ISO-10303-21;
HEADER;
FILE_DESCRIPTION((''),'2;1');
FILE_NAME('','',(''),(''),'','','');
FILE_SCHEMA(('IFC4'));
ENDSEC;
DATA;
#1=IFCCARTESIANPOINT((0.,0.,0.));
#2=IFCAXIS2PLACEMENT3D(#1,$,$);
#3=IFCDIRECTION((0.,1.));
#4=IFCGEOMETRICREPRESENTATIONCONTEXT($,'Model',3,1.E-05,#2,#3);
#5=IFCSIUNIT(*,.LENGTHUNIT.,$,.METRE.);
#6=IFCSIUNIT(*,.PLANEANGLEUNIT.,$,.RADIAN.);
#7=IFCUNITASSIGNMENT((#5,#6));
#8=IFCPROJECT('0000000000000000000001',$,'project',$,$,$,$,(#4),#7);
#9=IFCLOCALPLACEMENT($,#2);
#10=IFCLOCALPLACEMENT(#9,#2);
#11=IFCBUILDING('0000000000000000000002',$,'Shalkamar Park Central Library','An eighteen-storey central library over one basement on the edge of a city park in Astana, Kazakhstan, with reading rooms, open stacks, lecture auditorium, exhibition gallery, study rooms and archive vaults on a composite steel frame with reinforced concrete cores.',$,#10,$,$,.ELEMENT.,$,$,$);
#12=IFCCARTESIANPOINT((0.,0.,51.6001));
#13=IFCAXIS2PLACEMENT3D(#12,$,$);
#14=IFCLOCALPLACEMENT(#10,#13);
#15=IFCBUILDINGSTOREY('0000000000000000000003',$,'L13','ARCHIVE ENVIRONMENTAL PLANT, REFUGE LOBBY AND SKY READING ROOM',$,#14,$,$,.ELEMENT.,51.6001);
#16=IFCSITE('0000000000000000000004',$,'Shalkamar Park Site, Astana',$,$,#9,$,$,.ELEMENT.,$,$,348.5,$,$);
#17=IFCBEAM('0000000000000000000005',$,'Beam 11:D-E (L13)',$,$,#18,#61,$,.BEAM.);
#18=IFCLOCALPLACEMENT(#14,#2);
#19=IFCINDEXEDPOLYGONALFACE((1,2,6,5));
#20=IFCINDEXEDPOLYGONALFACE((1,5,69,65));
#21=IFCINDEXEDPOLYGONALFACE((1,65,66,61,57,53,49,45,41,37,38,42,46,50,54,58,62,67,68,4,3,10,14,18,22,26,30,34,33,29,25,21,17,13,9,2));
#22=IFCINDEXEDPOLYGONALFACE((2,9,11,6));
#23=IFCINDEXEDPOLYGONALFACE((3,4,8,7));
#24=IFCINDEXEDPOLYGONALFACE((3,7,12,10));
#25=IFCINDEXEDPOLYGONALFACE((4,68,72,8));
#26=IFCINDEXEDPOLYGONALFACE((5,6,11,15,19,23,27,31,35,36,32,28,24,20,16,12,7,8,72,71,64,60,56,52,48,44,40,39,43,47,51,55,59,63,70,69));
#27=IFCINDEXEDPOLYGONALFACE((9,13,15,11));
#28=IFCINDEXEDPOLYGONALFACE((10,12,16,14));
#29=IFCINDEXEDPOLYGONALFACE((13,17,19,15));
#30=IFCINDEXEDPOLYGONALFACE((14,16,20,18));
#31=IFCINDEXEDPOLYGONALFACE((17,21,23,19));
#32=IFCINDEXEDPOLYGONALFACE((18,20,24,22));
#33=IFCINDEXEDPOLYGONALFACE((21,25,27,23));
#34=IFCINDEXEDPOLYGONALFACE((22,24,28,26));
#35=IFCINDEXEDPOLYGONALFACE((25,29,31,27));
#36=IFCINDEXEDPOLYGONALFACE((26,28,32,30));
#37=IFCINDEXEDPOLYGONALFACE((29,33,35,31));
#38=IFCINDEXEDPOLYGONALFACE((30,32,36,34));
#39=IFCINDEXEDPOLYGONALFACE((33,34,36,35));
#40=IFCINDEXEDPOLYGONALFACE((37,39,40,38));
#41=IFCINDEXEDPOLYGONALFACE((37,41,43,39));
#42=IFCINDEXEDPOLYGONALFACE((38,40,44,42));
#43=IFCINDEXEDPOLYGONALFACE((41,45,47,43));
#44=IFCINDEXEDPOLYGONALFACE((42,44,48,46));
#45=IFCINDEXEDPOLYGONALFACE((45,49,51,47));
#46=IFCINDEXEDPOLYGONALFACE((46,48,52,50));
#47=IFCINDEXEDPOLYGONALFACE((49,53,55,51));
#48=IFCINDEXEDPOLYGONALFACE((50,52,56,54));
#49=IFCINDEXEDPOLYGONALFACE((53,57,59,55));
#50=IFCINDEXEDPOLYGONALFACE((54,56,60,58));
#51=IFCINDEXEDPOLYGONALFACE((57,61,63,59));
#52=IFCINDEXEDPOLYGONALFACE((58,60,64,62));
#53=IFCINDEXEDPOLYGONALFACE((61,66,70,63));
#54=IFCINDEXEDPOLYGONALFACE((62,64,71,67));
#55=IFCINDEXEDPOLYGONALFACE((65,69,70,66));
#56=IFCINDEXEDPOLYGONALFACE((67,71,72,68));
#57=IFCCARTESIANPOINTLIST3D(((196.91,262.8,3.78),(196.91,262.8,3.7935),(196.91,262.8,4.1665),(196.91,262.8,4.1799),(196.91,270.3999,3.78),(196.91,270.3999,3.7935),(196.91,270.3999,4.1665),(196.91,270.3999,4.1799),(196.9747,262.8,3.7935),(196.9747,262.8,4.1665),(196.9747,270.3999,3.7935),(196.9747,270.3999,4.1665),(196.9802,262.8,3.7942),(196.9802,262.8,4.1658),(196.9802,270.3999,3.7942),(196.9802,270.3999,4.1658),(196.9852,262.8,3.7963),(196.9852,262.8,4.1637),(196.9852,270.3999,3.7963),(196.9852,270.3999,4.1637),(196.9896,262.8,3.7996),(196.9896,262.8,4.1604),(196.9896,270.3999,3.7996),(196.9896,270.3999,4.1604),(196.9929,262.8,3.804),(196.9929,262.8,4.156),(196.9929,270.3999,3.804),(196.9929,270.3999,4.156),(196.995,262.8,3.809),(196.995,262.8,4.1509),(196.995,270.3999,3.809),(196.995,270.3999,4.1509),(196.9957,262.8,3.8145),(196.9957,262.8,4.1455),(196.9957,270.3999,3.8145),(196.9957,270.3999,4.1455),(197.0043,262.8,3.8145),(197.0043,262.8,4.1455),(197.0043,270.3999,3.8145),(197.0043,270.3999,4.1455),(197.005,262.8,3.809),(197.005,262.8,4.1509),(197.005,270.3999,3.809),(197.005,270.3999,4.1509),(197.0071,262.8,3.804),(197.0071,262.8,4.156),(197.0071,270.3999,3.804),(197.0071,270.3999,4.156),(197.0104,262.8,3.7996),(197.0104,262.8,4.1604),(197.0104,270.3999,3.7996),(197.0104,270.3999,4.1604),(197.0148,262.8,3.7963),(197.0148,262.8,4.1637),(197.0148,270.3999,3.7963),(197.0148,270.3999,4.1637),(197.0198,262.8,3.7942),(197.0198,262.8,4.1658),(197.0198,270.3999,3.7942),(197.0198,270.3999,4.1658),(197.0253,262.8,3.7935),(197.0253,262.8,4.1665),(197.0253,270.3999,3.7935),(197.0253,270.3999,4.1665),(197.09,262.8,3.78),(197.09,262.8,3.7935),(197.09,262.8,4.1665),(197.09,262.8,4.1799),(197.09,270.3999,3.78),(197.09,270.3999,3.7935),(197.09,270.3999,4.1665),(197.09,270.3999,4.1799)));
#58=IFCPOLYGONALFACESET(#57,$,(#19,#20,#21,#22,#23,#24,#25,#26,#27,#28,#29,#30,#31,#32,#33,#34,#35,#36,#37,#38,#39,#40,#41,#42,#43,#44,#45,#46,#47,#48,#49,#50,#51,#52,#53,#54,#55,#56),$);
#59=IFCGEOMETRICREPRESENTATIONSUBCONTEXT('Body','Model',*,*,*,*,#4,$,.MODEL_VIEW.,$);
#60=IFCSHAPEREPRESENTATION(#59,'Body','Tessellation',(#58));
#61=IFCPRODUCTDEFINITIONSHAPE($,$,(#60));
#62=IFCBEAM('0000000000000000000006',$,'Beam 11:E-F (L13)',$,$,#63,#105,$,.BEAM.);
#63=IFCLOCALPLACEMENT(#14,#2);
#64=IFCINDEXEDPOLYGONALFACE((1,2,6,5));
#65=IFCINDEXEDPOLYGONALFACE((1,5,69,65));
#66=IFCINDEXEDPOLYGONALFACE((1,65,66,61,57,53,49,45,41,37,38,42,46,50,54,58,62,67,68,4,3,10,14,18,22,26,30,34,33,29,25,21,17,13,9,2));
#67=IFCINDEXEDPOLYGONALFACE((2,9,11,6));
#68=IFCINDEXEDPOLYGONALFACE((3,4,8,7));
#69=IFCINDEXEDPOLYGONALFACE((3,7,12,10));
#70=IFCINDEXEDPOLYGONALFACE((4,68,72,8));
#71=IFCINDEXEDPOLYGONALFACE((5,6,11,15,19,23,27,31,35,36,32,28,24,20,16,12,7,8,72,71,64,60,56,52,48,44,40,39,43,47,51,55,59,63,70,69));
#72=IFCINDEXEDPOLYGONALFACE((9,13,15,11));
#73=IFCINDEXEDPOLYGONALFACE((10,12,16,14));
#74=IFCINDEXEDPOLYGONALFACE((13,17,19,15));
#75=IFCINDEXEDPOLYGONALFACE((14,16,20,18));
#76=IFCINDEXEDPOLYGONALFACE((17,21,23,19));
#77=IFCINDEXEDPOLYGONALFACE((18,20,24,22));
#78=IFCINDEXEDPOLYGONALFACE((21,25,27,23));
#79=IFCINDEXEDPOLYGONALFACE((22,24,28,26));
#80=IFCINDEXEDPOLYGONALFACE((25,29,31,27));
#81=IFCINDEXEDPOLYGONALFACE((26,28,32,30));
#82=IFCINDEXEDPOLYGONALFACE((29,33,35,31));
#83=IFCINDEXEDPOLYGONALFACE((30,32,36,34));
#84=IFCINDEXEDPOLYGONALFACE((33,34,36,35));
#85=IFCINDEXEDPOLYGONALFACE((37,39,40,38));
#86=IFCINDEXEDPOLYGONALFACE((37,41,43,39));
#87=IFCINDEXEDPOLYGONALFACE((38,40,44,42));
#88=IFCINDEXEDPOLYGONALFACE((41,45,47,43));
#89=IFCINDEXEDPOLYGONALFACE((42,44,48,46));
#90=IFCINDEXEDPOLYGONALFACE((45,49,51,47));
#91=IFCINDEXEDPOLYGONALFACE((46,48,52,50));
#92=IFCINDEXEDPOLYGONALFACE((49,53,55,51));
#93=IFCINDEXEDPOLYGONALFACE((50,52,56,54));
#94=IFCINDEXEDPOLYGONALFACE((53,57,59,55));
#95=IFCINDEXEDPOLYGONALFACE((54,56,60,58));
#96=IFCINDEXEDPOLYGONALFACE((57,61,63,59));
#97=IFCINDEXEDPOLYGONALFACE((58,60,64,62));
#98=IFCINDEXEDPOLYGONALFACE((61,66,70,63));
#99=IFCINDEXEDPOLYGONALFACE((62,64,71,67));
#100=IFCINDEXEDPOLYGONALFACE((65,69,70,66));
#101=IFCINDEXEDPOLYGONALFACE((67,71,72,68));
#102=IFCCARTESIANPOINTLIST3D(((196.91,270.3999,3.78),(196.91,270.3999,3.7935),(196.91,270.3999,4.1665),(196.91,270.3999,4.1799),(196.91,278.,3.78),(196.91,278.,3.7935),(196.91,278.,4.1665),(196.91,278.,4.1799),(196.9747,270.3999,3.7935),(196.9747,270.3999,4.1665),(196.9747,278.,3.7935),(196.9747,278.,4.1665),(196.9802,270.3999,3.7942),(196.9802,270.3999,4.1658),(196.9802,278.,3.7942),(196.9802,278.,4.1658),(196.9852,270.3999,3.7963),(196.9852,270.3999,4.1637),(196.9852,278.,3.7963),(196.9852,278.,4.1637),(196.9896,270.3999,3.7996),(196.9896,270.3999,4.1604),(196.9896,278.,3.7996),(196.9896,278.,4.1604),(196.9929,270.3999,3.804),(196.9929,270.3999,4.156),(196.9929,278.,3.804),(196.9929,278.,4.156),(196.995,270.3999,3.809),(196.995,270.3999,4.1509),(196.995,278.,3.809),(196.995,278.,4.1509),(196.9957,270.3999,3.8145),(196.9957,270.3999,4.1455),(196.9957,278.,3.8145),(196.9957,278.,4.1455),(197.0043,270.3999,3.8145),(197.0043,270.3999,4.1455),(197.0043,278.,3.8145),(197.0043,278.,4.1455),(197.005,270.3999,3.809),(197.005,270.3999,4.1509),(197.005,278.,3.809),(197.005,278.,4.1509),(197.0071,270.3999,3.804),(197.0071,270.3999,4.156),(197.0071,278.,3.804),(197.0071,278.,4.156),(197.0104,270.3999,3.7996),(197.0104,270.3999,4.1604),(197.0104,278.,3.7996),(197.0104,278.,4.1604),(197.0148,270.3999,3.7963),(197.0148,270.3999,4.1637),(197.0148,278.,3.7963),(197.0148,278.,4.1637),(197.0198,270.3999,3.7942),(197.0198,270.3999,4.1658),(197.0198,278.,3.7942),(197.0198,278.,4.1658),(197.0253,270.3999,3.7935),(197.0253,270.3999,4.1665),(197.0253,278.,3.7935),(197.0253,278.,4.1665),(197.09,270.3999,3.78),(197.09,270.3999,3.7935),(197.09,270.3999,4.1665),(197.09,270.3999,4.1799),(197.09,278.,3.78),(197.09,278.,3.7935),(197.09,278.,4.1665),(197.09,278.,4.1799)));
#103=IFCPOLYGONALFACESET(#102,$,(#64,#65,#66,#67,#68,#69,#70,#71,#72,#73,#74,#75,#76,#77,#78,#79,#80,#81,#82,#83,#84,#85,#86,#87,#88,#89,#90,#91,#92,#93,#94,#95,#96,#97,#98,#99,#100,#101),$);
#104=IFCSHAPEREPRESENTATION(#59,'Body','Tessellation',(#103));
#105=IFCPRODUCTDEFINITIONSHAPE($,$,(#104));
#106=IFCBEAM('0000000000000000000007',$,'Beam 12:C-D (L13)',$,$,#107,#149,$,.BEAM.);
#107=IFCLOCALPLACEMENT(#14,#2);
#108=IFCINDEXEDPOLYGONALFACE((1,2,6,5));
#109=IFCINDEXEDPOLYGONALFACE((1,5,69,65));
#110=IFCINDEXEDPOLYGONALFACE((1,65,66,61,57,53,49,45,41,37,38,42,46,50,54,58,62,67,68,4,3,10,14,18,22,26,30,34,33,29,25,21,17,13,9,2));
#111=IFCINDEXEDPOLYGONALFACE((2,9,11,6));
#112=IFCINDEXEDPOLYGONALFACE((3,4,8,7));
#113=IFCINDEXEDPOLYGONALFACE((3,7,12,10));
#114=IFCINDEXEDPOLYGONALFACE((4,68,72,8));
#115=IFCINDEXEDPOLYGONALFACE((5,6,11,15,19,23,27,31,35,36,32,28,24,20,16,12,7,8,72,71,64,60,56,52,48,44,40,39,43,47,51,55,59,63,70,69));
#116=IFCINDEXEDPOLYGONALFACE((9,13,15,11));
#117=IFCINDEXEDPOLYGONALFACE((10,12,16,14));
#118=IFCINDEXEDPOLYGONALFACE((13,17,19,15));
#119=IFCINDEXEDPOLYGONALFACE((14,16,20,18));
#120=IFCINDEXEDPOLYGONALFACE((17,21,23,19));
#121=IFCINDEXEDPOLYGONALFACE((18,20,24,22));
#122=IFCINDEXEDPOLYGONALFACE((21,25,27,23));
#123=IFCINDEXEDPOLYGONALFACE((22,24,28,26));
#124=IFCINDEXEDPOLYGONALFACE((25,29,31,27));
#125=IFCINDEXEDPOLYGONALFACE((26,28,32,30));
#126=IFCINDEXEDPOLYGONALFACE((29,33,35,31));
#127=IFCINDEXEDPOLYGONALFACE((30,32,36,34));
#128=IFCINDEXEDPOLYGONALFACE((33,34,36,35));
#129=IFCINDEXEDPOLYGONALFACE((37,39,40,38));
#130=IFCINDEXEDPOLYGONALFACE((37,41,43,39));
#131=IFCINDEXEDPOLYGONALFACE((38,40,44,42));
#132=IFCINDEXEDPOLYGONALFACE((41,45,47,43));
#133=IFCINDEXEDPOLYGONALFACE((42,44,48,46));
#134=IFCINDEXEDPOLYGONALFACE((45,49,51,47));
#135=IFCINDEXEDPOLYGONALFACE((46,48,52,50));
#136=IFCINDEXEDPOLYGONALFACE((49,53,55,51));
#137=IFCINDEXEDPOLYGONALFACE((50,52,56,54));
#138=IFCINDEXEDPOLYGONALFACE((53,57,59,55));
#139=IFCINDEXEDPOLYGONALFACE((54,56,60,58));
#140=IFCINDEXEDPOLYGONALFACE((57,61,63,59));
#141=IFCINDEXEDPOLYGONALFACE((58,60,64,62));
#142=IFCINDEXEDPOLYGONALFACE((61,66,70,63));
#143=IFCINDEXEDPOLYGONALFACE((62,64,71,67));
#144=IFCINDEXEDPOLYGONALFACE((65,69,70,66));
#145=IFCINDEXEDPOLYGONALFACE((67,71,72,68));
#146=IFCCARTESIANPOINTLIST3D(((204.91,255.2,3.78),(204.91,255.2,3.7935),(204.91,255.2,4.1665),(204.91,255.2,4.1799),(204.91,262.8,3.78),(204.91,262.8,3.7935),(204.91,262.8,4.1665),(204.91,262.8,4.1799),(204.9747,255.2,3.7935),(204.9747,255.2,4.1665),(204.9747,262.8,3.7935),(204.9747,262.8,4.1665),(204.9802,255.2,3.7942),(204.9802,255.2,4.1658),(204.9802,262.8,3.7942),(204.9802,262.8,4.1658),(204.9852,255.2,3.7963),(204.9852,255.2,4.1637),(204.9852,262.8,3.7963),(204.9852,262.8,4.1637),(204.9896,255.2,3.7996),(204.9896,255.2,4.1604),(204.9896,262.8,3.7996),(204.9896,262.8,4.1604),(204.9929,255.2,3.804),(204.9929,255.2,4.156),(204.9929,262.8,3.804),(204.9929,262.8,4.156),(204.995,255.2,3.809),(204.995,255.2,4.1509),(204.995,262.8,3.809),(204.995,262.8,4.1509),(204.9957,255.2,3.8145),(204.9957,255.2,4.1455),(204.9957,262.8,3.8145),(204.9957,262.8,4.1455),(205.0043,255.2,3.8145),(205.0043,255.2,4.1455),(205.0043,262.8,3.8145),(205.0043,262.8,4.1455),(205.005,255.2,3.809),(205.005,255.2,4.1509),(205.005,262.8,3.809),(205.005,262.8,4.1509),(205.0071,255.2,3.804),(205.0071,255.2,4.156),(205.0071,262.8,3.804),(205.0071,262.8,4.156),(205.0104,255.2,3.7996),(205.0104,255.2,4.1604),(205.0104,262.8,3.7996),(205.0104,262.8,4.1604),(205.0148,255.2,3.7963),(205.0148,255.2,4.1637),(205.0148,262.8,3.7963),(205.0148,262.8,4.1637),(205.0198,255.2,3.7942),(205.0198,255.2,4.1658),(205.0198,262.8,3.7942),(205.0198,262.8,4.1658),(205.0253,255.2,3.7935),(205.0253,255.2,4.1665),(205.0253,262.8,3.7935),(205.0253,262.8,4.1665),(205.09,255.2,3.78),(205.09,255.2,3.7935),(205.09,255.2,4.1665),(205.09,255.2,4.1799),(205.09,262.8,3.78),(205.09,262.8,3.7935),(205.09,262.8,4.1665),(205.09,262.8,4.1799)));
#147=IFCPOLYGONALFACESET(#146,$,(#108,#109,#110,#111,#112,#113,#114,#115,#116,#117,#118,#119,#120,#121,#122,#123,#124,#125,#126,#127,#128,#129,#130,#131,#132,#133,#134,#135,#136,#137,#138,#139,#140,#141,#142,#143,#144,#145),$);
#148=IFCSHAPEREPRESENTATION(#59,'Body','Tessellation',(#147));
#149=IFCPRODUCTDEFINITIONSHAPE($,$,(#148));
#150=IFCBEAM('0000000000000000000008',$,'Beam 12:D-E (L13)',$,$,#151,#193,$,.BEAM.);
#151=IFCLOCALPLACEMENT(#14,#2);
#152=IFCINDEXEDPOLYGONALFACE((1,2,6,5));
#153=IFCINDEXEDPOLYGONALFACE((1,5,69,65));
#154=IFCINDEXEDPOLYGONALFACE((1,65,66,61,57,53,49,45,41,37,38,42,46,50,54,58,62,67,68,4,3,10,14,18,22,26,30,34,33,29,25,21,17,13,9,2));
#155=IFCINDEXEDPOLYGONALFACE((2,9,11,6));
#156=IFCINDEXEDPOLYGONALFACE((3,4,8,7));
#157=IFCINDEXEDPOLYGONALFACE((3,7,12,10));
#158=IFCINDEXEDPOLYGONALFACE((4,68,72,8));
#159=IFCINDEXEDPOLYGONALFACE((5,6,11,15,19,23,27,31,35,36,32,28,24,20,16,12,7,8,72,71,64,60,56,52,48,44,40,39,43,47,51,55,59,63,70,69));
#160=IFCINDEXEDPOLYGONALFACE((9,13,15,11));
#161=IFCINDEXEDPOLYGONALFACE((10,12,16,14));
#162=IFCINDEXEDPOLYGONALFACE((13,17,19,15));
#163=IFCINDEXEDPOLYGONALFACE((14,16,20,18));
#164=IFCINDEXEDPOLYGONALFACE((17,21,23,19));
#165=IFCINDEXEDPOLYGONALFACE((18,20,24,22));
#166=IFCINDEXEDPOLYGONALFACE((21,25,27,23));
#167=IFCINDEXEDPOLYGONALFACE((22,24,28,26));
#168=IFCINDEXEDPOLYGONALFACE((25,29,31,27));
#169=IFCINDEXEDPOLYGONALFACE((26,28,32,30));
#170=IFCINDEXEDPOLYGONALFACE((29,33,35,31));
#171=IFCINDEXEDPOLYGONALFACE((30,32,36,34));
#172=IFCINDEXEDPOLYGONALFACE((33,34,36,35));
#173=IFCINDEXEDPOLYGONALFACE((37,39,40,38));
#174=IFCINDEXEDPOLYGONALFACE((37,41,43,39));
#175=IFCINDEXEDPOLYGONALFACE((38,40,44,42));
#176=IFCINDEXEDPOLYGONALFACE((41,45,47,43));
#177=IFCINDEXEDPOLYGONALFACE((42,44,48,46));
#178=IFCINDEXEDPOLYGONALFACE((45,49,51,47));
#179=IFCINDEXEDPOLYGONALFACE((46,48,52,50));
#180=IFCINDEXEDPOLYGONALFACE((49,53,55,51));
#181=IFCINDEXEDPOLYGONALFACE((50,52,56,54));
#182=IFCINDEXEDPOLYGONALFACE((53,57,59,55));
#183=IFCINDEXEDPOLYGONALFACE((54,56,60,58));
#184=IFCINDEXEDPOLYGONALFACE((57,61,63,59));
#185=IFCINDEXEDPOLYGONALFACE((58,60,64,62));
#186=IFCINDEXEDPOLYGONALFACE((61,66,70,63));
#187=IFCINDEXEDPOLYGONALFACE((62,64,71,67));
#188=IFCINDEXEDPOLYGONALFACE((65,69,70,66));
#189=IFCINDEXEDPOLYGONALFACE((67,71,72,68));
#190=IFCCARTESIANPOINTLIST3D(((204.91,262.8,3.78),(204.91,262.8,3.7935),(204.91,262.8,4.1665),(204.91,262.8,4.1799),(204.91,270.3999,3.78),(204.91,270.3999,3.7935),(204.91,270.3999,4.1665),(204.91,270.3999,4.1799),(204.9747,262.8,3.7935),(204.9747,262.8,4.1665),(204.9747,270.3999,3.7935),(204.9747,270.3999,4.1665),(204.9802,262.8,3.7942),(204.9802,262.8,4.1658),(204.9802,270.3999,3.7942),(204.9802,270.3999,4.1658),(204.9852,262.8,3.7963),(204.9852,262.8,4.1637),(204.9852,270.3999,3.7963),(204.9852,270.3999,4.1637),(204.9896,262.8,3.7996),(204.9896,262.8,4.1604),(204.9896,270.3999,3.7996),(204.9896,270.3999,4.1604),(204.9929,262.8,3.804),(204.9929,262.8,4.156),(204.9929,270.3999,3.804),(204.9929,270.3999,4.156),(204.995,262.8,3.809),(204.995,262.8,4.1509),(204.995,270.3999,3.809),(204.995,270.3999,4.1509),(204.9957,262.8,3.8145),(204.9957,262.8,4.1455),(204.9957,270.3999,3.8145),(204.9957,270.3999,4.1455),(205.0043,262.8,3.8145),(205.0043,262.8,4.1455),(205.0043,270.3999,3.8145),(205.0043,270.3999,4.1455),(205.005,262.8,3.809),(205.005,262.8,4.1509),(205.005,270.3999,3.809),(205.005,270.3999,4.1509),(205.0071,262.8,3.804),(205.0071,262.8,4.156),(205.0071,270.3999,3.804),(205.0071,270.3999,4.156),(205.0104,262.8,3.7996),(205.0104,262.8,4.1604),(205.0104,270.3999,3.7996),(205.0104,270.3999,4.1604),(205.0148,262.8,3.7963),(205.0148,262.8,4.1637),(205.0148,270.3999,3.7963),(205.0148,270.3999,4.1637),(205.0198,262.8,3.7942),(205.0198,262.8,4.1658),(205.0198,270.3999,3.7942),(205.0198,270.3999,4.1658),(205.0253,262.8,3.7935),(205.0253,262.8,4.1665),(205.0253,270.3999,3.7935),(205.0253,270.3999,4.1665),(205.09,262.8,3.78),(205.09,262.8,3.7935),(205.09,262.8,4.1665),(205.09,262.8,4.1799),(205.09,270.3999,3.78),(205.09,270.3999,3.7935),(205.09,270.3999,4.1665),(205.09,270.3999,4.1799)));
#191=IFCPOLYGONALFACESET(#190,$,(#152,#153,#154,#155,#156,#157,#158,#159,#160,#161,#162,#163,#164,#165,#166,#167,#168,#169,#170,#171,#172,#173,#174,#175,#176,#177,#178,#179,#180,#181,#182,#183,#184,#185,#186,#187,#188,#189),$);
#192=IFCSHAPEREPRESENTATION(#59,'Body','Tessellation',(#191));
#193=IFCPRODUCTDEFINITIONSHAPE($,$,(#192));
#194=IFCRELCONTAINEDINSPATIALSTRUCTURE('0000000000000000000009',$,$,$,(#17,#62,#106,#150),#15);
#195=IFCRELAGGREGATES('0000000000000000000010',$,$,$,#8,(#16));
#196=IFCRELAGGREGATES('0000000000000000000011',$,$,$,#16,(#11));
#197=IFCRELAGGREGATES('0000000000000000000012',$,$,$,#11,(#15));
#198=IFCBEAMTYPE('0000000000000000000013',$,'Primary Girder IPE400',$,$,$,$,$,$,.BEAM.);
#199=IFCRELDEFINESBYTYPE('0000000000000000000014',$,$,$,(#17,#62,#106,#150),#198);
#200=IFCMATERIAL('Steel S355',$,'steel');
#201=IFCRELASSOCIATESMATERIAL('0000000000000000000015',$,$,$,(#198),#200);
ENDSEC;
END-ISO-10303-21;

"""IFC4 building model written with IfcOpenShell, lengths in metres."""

from ifc_helpers import new_model, si_unit, direction, frame, origin, origin_2d, place, context, subcontext, project, spatial, i_section, extrude, material, material_profile, profile_set, type_object, element, save


model = new_model("IFC4")

# Units and contexts
model_context = context("Model", 3, precision=1e-05, world=origin(), true_north=direction((0.0, 1.0)))
body_context = subcontext(model_context, "Body", "Model", "MODEL_VIEW")
ifc_project = project(units=[si_unit("LENGTHUNIT", "METRE"), si_unit("PLANEANGLEUNIT", "RADIAN")], contexts=[model_context])

# Site, building, storey
site_placement = place(None, origin())
site = spatial("IfcSite", under=ifc_project, at=site_placement, Name="Shalkamar Park Site, Astana", CompositionType="ELEMENT", RefElevation=348.5)
building_placement = place(site_placement, origin())
building = spatial("IfcBuilding", under=site, at=building_placement, Name="Shalkamar Park Central Library", Description="An eighteen-storey central library over one basement on the edge of a city park in Astana, Kazakhstan, with reading rooms, open stacks, lecture auditorium, exhibition gallery, study rooms and archive vaults on a composite steel frame with reinforced concrete cores.", CompositionType="ELEMENT")
storey_placement = place(building_placement, frame((0.0, 0.0, 51.6001)))
storey = spatial("IfcBuildingStorey", under=building, at=storey_placement, Name="L13", Description="ARCHIVE ENVIRONMENTAL PLANT, REFUGE LOBBY AND SKY READING ROOM", CompositionType="ELEMENT", Elevation=51.6001)

# Shared definitions
ifc_material_1 = material(Name="Steel S355", Category="steel")

# Beams
ifc_material_profile_1 = material_profile(ifc_material_1, i_section(OverallWidth=0.1799, OverallDepth=0.3999, WebThickness=0.0085, FlangeThickness=0.0134, FilletRadius=0.021, at=origin_2d()), Name="IPE 400")
ifc_profile_set_1 = profile_set([ifc_material_profile_1], Name="Steel S355")
beam_type_1 = type_object("IfcBeamType", Name="Primary Girder IPE400", PredefinedType="BEAM", material=ifc_profile_set_1)
beam_1_placement = place(storey_placement, frame((197.0, 262.8, 3.98), z_axis=(0.0, 1.0, 0.0), x_axis=(-1.0, 0.0, 0.0)))
element("IfcBeam", 1, at=beam_1_placement, inside=storey, type_object=beam_type_1, Name="Beam 11:D-E (L13)", PredefinedType="BEAM", context=body_context, shape_type="SweptSolid", body=[
    extrude(i_section(OverallWidth=0.1799, OverallDepth=0.3999, WebThickness=0.0085, FlangeThickness=0.0134, FilletRadius=0.021, at=origin_2d()), origin(), (0.0, 0.0, 1.0), 7.5999),
])
for number, where, z_axis, x_axis, name in (
    (2, (197.0, 270.3999, 3.98), (0.0, 1.0, 0.0), (-1.0, 0.0, 0.0), "Beam 11:E-F (L13)"),
    (3, (205.0, 255.2, 3.98), (0.0, 1.0, 0.0), (-1.0, 0.0, 0.0), "Beam 12:C-D (L13)"),
):
    element("IfcBeam", number, at=place(storey_placement, frame(where, z_axis=z_axis, x_axis=x_axis)), inside=storey, type_object=beam_type_1, Name=name, PredefinedType="BEAM", context=body_context, shape_type="SweptSolid", body=[
        extrude(i_section(OverallWidth=0.1799, OverallDepth=0.3999, WebThickness=0.0085, FlangeThickness=0.0134, FilletRadius=0.021, at=origin_2d()), origin(), (0.0, 0.0, 1.0), 7.6001),
    ])
beam_2_placement = place(storey_placement, frame((205.0, 262.8, 3.98), z_axis=(0.0, 1.0, 0.0), x_axis=(-1.0, 0.0, 0.0)))
element("IfcBeam", 4, at=beam_2_placement, inside=storey, type_object=beam_type_1, Name="Beam 12:D-E (L13)", PredefinedType="BEAM", context=body_context, shape_type="SweptSolid", body=[
    extrude(i_section(OverallWidth=0.1799, OverallDepth=0.3999, WebThickness=0.0085, FlangeThickness=0.0134, FilletRadius=0.021, at=origin_2d()), origin(), (0.0, 0.0, 1.0), 7.5999),
])

save(model, "model.ifc")
